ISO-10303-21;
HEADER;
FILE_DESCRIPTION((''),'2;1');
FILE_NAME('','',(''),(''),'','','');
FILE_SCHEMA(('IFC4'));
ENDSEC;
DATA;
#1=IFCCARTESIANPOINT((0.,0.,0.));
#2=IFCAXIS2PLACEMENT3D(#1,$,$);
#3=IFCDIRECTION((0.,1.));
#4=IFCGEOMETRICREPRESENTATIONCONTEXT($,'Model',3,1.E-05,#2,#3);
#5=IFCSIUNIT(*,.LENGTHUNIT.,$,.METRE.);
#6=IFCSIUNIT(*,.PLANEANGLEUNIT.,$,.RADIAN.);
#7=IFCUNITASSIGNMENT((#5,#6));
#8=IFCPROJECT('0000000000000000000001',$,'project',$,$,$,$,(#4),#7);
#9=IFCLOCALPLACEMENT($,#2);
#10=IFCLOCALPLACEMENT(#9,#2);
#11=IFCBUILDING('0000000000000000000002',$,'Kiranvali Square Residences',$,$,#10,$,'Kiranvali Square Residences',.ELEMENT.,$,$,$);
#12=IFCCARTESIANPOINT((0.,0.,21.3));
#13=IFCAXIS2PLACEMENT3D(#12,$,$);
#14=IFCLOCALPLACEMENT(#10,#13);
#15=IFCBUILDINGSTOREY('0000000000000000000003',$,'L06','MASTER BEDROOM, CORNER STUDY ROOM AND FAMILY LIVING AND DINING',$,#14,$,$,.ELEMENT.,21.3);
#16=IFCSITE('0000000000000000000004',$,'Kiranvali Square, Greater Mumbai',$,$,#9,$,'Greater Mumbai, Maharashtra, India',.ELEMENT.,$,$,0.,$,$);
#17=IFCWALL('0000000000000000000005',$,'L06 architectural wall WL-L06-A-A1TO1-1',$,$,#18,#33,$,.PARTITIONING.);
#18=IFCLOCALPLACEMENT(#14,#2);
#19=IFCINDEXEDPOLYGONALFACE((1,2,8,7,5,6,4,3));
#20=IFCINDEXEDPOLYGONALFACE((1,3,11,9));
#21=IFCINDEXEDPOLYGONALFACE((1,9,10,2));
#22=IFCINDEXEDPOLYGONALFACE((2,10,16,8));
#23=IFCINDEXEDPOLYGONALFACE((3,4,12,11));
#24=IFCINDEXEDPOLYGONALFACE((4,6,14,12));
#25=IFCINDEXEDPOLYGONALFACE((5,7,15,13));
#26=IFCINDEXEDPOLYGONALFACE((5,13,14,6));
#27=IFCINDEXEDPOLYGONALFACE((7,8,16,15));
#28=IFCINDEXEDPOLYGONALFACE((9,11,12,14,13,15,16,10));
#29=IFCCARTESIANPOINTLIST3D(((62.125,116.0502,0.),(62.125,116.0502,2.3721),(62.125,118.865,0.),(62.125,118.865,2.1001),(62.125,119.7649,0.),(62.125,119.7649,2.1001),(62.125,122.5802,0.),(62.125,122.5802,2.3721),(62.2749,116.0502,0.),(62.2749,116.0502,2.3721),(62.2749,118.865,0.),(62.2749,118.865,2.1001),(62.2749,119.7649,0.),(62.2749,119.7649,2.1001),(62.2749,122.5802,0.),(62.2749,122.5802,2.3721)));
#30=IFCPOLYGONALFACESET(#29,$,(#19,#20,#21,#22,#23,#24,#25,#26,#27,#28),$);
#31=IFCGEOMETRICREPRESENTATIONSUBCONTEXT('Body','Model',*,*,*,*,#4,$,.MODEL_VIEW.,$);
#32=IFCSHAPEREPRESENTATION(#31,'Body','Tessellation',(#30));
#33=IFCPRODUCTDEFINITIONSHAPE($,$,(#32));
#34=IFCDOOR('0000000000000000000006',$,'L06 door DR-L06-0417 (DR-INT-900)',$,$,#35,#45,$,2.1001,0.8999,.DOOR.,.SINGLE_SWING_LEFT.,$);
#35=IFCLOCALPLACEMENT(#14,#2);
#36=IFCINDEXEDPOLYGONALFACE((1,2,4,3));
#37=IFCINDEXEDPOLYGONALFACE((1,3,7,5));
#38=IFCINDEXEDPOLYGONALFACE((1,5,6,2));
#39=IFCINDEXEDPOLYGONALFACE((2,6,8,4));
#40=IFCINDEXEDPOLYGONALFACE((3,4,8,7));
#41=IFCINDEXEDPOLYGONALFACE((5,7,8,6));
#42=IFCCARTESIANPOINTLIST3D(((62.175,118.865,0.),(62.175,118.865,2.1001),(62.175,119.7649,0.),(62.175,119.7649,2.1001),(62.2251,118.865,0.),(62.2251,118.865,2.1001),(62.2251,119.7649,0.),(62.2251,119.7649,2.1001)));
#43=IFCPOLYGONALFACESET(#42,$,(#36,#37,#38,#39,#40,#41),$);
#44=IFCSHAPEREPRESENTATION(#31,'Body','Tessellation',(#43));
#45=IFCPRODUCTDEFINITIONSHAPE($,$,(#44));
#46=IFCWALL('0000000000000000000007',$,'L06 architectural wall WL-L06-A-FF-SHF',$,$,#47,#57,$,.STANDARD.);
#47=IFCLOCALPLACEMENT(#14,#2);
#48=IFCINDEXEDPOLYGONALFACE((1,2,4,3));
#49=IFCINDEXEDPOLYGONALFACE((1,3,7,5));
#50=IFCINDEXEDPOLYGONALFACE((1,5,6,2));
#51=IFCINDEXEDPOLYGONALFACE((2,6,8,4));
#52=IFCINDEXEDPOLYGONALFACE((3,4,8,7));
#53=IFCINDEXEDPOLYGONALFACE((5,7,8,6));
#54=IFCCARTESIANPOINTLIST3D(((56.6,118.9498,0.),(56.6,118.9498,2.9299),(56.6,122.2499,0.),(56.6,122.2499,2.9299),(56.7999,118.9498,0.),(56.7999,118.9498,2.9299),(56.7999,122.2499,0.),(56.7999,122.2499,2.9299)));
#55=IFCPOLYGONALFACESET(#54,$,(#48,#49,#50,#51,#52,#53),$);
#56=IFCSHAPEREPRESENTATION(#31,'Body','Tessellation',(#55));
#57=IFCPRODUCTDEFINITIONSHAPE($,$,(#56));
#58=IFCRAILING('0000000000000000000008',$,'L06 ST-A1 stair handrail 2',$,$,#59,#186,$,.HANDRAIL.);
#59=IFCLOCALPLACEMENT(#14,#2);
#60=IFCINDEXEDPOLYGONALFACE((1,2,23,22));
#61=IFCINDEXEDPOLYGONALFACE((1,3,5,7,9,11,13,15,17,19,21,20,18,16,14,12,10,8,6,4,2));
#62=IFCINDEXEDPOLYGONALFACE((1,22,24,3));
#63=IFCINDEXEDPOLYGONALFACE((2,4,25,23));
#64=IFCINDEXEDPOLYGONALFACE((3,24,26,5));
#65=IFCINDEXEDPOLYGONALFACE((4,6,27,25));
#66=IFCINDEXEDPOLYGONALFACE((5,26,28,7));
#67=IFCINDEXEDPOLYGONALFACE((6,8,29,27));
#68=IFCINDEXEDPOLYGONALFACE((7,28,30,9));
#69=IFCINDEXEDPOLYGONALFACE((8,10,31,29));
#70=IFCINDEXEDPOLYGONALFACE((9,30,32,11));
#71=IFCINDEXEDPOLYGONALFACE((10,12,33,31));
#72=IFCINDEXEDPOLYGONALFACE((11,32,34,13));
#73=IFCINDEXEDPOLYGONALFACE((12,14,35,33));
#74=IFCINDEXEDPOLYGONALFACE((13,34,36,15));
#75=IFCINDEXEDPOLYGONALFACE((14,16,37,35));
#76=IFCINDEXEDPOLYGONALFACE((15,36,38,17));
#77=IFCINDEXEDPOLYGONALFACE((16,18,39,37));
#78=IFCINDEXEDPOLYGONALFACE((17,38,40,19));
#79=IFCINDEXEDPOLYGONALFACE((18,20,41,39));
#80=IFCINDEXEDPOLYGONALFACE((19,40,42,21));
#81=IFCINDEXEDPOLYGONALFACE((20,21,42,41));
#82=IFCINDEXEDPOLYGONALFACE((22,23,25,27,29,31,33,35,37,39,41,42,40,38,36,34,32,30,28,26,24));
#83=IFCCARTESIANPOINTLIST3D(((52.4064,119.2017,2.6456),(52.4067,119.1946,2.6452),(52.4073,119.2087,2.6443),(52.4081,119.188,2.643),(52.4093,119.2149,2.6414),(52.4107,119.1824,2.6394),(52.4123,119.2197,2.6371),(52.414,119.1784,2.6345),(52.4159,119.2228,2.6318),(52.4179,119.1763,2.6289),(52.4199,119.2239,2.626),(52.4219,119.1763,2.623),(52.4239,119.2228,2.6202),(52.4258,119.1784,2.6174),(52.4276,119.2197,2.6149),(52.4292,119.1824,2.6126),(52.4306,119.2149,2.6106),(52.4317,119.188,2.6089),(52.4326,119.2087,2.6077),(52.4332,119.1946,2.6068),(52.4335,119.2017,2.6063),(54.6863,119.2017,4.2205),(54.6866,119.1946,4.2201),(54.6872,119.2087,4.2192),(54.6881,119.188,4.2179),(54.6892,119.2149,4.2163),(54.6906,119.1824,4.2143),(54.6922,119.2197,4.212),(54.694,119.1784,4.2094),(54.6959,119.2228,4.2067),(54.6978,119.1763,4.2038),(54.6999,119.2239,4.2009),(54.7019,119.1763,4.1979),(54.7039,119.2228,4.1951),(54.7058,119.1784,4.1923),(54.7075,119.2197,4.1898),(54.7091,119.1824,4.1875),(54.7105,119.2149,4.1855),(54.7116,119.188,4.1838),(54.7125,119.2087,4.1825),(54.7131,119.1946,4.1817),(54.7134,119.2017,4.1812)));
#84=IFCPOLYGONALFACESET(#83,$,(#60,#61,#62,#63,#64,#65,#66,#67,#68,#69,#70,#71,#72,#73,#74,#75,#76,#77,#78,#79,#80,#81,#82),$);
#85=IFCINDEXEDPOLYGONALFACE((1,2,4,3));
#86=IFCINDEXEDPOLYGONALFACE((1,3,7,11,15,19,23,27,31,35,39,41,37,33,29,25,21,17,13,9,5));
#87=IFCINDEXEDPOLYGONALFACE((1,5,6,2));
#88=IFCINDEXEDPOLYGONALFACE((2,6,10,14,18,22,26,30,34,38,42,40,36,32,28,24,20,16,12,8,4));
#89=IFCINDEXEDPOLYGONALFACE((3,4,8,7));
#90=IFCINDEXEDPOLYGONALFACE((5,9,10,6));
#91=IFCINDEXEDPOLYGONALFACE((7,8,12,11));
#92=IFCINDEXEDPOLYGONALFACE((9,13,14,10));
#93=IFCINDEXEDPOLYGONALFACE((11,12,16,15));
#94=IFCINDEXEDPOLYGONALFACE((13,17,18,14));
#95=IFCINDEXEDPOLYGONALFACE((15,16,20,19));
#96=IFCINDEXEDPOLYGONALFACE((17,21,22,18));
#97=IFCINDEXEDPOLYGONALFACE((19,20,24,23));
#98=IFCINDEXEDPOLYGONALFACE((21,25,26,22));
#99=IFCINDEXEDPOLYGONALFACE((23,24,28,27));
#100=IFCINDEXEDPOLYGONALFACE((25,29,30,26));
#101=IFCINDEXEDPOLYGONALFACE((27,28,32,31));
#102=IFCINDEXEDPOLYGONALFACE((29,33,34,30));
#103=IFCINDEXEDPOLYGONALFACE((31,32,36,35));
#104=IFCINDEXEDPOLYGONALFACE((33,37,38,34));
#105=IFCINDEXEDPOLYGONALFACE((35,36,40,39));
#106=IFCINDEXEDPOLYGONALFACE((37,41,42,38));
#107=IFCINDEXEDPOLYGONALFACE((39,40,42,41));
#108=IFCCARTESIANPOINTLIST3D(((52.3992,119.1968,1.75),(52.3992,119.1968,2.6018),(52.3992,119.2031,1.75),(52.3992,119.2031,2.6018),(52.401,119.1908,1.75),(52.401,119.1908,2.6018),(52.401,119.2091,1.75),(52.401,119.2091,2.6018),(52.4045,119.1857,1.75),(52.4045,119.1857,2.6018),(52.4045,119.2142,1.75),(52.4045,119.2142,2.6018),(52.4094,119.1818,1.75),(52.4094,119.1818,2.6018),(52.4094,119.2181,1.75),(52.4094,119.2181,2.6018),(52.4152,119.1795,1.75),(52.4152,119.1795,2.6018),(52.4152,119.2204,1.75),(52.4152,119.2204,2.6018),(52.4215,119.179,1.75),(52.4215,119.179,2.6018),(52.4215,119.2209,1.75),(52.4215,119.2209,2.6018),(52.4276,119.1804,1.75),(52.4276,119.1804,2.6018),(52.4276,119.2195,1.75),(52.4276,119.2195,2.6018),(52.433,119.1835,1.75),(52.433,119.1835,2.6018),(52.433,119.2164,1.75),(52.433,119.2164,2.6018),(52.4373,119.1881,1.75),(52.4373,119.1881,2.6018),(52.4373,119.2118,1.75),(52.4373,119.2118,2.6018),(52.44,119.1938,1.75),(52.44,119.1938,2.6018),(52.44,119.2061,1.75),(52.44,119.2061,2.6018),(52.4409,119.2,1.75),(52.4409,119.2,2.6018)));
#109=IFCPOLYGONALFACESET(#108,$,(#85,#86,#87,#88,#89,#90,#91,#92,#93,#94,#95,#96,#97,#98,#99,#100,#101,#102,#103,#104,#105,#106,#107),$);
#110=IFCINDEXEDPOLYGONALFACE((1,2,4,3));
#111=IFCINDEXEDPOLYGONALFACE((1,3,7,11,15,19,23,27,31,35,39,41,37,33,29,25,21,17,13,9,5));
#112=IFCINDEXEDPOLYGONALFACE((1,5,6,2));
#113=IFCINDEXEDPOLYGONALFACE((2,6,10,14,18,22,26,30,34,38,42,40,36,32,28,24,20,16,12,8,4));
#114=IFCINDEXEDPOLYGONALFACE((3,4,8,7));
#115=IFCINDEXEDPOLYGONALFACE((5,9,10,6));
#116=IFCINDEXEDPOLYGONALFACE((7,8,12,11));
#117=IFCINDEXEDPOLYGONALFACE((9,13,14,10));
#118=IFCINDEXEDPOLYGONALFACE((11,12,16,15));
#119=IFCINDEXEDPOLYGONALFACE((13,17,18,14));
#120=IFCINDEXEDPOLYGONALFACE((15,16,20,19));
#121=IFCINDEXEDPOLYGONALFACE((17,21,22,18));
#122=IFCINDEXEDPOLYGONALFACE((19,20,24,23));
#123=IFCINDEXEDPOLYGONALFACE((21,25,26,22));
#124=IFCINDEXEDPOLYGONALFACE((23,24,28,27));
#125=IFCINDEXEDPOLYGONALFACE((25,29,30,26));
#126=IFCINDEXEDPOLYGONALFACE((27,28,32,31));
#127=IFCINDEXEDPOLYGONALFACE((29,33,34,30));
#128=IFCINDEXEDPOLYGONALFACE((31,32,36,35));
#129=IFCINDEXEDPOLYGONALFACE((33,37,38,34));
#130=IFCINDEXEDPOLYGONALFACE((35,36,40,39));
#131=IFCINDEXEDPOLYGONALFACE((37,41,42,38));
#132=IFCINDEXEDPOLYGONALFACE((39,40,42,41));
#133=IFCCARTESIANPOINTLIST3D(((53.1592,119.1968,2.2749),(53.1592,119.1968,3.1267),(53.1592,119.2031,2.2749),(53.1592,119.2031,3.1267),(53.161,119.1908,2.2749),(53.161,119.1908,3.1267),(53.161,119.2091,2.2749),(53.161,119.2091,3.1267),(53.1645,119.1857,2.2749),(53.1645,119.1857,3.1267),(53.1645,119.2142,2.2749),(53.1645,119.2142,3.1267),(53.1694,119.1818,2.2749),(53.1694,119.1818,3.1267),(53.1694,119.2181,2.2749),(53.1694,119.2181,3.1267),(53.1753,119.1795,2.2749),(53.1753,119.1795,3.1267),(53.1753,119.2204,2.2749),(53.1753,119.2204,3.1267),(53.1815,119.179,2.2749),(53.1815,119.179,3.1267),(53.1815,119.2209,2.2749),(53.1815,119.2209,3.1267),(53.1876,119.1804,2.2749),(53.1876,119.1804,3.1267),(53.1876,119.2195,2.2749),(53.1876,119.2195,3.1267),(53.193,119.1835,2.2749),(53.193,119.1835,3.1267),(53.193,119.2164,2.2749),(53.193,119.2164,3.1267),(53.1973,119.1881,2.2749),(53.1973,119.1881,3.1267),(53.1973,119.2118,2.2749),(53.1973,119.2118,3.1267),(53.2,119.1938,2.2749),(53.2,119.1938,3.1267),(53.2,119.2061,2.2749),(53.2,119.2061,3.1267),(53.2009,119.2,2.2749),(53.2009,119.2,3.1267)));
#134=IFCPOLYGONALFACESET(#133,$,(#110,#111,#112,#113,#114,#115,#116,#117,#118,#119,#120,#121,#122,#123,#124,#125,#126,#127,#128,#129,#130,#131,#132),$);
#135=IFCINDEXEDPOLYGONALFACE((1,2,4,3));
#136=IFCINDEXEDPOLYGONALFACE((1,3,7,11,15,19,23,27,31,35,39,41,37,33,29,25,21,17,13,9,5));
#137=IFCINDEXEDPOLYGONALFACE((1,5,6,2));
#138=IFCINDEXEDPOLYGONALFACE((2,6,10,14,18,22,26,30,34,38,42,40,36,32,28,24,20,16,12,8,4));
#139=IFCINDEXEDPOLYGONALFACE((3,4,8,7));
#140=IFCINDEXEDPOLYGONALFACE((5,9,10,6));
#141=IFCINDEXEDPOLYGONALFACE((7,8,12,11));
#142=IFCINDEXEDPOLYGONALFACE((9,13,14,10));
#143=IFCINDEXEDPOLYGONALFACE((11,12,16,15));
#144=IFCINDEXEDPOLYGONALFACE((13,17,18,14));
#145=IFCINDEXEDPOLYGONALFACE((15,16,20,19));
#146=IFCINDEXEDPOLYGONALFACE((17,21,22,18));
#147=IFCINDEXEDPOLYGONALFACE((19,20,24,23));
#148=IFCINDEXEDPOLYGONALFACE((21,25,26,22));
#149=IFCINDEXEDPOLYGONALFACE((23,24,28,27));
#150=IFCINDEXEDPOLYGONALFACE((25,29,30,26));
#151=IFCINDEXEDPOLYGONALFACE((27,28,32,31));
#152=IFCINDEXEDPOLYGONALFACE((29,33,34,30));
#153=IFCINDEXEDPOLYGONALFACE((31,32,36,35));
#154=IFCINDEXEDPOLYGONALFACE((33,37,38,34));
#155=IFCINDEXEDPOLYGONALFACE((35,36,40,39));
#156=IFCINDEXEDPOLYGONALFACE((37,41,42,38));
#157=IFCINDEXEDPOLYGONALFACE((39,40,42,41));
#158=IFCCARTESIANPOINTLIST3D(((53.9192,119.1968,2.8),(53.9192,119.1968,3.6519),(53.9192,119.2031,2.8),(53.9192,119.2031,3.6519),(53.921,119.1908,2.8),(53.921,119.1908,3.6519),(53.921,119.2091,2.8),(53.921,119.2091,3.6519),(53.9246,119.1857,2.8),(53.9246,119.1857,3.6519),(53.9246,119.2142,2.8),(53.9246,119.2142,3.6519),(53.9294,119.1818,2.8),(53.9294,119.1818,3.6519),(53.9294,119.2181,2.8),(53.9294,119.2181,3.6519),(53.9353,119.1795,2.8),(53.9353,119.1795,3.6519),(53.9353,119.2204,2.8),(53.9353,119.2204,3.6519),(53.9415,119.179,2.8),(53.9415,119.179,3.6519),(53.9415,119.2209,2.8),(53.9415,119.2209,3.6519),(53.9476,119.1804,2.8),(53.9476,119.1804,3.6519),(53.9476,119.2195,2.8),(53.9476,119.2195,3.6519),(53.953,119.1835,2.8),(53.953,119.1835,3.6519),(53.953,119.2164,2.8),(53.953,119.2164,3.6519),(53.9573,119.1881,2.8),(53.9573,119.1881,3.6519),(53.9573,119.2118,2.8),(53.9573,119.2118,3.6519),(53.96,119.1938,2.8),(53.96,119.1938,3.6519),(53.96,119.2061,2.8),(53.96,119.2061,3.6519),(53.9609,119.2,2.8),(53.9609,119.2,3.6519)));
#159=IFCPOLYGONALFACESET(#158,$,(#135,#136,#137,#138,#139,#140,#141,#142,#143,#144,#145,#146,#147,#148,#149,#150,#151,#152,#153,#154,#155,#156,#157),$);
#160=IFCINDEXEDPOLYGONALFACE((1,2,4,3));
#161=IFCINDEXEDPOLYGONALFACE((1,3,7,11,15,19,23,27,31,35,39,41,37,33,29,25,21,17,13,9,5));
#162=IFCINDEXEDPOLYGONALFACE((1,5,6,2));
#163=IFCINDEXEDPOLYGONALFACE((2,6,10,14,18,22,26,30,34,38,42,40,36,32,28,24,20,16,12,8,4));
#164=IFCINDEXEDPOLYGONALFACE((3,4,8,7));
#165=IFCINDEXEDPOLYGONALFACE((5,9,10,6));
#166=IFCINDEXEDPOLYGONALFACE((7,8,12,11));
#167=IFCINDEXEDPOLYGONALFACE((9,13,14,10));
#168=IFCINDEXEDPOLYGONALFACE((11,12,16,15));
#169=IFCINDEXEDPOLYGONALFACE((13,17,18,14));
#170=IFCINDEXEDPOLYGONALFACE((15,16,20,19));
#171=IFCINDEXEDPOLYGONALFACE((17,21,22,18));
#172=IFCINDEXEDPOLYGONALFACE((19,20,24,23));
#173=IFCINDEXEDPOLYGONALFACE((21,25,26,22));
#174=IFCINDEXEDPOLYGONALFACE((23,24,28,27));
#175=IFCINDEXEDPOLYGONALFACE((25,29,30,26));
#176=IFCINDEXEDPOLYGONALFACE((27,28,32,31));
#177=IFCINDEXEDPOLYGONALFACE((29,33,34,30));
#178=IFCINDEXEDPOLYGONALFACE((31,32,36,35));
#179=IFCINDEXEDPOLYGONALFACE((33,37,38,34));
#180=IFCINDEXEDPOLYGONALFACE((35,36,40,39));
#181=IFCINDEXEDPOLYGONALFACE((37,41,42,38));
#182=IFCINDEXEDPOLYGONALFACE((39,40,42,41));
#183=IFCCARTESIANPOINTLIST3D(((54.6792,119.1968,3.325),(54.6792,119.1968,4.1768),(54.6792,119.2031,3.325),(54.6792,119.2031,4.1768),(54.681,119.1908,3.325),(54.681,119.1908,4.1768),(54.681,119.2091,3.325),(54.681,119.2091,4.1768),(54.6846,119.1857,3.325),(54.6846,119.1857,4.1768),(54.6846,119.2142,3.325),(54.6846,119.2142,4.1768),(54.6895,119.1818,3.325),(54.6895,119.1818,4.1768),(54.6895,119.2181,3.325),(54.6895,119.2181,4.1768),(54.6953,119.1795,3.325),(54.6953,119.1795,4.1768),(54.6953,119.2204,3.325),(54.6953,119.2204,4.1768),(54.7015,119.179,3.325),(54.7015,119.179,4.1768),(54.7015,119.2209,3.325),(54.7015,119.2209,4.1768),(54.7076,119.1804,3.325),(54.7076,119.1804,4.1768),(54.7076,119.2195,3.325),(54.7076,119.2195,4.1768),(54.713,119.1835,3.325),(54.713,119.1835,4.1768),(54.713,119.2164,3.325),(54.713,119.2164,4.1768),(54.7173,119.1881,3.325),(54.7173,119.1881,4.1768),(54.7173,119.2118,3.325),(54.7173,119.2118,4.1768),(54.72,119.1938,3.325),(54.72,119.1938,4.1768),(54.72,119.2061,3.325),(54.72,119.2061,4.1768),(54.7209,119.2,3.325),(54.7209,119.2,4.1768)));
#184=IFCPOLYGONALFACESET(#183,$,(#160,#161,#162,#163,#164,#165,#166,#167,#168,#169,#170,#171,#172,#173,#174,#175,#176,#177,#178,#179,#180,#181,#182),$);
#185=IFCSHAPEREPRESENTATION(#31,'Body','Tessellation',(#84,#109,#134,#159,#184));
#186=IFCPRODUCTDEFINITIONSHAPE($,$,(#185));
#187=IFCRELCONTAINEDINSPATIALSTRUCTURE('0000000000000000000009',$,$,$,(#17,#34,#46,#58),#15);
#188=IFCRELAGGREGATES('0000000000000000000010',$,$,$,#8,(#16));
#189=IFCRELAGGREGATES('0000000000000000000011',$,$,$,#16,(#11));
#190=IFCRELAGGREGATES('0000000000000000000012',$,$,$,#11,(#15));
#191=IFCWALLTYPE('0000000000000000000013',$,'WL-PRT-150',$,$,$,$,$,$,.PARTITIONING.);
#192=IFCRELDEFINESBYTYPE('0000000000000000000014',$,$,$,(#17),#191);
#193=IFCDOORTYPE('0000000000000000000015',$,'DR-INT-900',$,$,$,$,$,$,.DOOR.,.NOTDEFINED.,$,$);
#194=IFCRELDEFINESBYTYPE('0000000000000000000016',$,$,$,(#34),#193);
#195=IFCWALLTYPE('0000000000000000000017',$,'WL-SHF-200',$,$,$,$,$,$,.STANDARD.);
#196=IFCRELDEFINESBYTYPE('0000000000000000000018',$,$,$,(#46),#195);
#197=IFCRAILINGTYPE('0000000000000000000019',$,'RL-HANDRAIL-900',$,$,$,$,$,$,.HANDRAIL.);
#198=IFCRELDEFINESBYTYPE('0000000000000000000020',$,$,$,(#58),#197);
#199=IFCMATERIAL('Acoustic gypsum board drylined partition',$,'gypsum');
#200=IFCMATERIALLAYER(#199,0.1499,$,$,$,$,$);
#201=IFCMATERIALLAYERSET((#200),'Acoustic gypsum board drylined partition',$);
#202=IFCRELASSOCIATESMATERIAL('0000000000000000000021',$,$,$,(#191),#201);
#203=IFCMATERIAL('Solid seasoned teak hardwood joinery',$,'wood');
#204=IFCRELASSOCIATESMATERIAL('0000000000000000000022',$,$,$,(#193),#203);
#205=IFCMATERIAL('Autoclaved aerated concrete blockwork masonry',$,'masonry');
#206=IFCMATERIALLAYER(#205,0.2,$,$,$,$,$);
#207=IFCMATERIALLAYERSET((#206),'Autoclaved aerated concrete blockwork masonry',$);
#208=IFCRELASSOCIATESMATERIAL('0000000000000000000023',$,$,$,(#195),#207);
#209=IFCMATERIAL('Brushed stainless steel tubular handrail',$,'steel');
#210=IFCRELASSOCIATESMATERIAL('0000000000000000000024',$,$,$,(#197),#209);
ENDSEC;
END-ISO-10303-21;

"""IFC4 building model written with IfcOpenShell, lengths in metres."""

from ifc_helpers import new_model, si_unit, direction, frame, frame_2d, origin, origin_2d, place, context, subcontext, project, spatial, rectangle, circle, extrude, material, layer, layer_set, type_object, element, fill, save


model = new_model("IFC4")

# Units and contexts
model_context = context("Model", 3, precision=1e-05, world=origin(), true_north=direction((0.0, 1.0)))
body_context = subcontext(model_context, "Body", "Model", "MODEL_VIEW")
ifc_project = project(units=[si_unit("LENGTHUNIT", "METRE"), si_unit("PLANEANGLEUNIT", "RADIAN")], contexts=[model_context])

# Site, building, storey
site_placement = place(None, origin())
site = spatial("IfcSite", under=ifc_project, at=site_placement, Name="Kiranvali Square, Greater Mumbai", LongName="Greater Mumbai, Maharashtra, India", CompositionType="ELEMENT", RefElevation=0.0)
building_placement = place(site_placement, origin())
building = spatial("IfcBuilding", under=site, at=building_placement, Name="Kiranvali Square Residences", LongName="Kiranvali Square Residences", CompositionType="ELEMENT")
storey_placement = place(building_placement, frame((0.0, 0.0, 21.3)))
storey = spatial("IfcBuildingStorey", under=building, at=storey_placement, Name="L06", Description="MASTER BEDROOM, CORNER STUDY ROOM AND FAMILY LIVING AND DINING", CompositionType="ELEMENT", Elevation=21.3)

# Shared definitions
ifc_material_1 = material(Name="Autoclaved aerated concrete blockwork masonry", Category="masonry")

# Wall, opening, door
ifc_material_2 = material(Name="Acoustic gypsum board drylined partition", Category="gypsum")
ifc_layer_1 = layer(ifc_material_2, 0.1499)
ifc_layer_set_1 = layer_set([ifc_layer_1], Name="Acoustic gypsum board drylined partition")
wall_type_1 = type_object("IfcWallType", Name="WL-PRT-150", PredefinedType="PARTITIONING", material=ifc_layer_set_1)
wall_1_placement = place(storey_placement, frame((62.2, 116.05, 0.0), z_axis=(0.0, 0.0, 1.0), x_axis=(0.0, 1.0, 0.0)))
wall_1 = element("IfcWall", 1, at=wall_1_placement, inside=storey, type_object=wall_type_1, Name="L06 architectural wall WL-L06-A-A1TO1-1", PredefinedType="PARTITIONING", context=body_context, shape_type="SweptSolid", body=[
    extrude(rectangle(XDim=6.53, YDim=0.1499, at=frame_2d((3.2651, 0.0))), origin(), (0.0, 0.0, 1.0), 2.3721),
])
opening_1_placement = place(wall_1_placement, frame((2.8149, 0.0, 0.0)))
opening_1 = element("IfcOpeningElement", 2, at=opening_1_placement, cuts=wall_1, PredefinedType="OPENING", context=body_context, shape_type="SweptSolid", body=[
    extrude(rectangle(XDim=0.8999, YDim=2.1001, at=frame_2d((0.45, 1.05))), frame((0.0, 0.085, 0.0), z_axis=(0.0, -1.0, 0.0), x_axis=(1.0, 0.0, 0.0)), (0.0, 0.0, 1.0), 0.1699),
])
ifc_material_3 = material(Name="Solid seasoned teak hardwood joinery", Category="wood")
door_type_1 = type_object("IfcDoorType", Name="DR-INT-900", OperationType="NOTDEFINED", PredefinedType="DOOR", material=ifc_material_3)
door_1_placement = place(opening_1_placement, origin())
door_1 = element("IfcDoor", 3, at=door_1_placement, inside=storey, type_object=door_type_1, Name="L06 door DR-L06-0417 (DR-INT-900)", OperationType="SINGLE_SWING_LEFT", OverallHeight=2.1001, OverallWidth=0.8999, PredefinedType="DOOR", context=body_context, shape_type="SweptSolid", body=[
    extrude(rectangle(XDim=0.8999, YDim=2.1001, at=frame_2d((0.45, 1.05))), frame((0.0, 0.0249, 0.0), z_axis=(0.0, -1.0, 0.0), x_axis=(1.0, 0.0, 0.0)), (0.0, 0.0, 1.0), 0.05),
])
fill(opening_1, door_1)

# Wall
ifc_layer_2 = layer(ifc_material_1, 0.2)
ifc_layer_set_2 = layer_set([ifc_layer_2], Name="Autoclaved aerated concrete blockwork masonry")
wall_type_2 = type_object("IfcWallType", Name="WL-SHF-200", PredefinedType="STANDARD", material=ifc_layer_set_2)
wall_2_placement = place(storey_placement, frame((56.7, 118.95, 0.0), z_axis=(0.0, 0.0, 1.0), x_axis=(0.0, 1.0, 0.0)))
element("IfcWall", 4, at=wall_2_placement, inside=storey, type_object=wall_type_2, Name="L06 architectural wall WL-L06-A-FF-SHF", PredefinedType="STANDARD", context=body_context, shape_type="SweptSolid", body=[
    extrude(rectangle(XDim=3.3, YDim=0.2, at=frame_2d((1.6499, 0.0))), origin(), (0.0, 0.0, 1.0), 2.9299),
])

# Railing
ifc_material_4 = material(Name="Brushed stainless steel tubular handrail", Category="steel")
railing_type = type_object("IfcRailingType", Name="RL-HANDRAIL-900", PredefinedType="HANDRAIL", material=ifc_material_4)
railing_placement = place(storey_placement, frame((52.4199, 119.2, 1.75)))
element("IfcRailing", 5, at=railing_placement, inside=storey, type_object=railing_type, Name="L06 ST-A1 stair handrail 2", PredefinedType="HANDRAIL", context=body_context, shape_type="SweptSolid", body=[
    extrude(circle(Radius=0.0239, at=origin_2d()), frame((0.0, 0.0, 0.876), z_axis=(0.822788, 0.0, 0.568348), x_axis=(0.0, 1.0, 0.0)), (0.0, 0.0, 1.0), 2.771),
    extrude(circle(Radius=0.021, at=origin_2d()), origin(), (0.0, 0.0, 1.0), 0.8518),
    extrude(circle(Radius=0.021, at=origin_2d()), frame((0.76, 0.0, 0.5249)), (0.0, 0.0, 1.0), 0.8518),
    extrude(circle(Radius=0.021, at=origin_2d()), frame((1.52, 0.0, 1.05)), (0.0, 0.0, 1.0), 0.8518),
    extrude(circle(Radius=0.021, at=origin_2d()), frame((2.28, 0.0, 1.575)), (0.0, 0.0, 1.0), 0.8518),
])

save(model, "model.ifc")
